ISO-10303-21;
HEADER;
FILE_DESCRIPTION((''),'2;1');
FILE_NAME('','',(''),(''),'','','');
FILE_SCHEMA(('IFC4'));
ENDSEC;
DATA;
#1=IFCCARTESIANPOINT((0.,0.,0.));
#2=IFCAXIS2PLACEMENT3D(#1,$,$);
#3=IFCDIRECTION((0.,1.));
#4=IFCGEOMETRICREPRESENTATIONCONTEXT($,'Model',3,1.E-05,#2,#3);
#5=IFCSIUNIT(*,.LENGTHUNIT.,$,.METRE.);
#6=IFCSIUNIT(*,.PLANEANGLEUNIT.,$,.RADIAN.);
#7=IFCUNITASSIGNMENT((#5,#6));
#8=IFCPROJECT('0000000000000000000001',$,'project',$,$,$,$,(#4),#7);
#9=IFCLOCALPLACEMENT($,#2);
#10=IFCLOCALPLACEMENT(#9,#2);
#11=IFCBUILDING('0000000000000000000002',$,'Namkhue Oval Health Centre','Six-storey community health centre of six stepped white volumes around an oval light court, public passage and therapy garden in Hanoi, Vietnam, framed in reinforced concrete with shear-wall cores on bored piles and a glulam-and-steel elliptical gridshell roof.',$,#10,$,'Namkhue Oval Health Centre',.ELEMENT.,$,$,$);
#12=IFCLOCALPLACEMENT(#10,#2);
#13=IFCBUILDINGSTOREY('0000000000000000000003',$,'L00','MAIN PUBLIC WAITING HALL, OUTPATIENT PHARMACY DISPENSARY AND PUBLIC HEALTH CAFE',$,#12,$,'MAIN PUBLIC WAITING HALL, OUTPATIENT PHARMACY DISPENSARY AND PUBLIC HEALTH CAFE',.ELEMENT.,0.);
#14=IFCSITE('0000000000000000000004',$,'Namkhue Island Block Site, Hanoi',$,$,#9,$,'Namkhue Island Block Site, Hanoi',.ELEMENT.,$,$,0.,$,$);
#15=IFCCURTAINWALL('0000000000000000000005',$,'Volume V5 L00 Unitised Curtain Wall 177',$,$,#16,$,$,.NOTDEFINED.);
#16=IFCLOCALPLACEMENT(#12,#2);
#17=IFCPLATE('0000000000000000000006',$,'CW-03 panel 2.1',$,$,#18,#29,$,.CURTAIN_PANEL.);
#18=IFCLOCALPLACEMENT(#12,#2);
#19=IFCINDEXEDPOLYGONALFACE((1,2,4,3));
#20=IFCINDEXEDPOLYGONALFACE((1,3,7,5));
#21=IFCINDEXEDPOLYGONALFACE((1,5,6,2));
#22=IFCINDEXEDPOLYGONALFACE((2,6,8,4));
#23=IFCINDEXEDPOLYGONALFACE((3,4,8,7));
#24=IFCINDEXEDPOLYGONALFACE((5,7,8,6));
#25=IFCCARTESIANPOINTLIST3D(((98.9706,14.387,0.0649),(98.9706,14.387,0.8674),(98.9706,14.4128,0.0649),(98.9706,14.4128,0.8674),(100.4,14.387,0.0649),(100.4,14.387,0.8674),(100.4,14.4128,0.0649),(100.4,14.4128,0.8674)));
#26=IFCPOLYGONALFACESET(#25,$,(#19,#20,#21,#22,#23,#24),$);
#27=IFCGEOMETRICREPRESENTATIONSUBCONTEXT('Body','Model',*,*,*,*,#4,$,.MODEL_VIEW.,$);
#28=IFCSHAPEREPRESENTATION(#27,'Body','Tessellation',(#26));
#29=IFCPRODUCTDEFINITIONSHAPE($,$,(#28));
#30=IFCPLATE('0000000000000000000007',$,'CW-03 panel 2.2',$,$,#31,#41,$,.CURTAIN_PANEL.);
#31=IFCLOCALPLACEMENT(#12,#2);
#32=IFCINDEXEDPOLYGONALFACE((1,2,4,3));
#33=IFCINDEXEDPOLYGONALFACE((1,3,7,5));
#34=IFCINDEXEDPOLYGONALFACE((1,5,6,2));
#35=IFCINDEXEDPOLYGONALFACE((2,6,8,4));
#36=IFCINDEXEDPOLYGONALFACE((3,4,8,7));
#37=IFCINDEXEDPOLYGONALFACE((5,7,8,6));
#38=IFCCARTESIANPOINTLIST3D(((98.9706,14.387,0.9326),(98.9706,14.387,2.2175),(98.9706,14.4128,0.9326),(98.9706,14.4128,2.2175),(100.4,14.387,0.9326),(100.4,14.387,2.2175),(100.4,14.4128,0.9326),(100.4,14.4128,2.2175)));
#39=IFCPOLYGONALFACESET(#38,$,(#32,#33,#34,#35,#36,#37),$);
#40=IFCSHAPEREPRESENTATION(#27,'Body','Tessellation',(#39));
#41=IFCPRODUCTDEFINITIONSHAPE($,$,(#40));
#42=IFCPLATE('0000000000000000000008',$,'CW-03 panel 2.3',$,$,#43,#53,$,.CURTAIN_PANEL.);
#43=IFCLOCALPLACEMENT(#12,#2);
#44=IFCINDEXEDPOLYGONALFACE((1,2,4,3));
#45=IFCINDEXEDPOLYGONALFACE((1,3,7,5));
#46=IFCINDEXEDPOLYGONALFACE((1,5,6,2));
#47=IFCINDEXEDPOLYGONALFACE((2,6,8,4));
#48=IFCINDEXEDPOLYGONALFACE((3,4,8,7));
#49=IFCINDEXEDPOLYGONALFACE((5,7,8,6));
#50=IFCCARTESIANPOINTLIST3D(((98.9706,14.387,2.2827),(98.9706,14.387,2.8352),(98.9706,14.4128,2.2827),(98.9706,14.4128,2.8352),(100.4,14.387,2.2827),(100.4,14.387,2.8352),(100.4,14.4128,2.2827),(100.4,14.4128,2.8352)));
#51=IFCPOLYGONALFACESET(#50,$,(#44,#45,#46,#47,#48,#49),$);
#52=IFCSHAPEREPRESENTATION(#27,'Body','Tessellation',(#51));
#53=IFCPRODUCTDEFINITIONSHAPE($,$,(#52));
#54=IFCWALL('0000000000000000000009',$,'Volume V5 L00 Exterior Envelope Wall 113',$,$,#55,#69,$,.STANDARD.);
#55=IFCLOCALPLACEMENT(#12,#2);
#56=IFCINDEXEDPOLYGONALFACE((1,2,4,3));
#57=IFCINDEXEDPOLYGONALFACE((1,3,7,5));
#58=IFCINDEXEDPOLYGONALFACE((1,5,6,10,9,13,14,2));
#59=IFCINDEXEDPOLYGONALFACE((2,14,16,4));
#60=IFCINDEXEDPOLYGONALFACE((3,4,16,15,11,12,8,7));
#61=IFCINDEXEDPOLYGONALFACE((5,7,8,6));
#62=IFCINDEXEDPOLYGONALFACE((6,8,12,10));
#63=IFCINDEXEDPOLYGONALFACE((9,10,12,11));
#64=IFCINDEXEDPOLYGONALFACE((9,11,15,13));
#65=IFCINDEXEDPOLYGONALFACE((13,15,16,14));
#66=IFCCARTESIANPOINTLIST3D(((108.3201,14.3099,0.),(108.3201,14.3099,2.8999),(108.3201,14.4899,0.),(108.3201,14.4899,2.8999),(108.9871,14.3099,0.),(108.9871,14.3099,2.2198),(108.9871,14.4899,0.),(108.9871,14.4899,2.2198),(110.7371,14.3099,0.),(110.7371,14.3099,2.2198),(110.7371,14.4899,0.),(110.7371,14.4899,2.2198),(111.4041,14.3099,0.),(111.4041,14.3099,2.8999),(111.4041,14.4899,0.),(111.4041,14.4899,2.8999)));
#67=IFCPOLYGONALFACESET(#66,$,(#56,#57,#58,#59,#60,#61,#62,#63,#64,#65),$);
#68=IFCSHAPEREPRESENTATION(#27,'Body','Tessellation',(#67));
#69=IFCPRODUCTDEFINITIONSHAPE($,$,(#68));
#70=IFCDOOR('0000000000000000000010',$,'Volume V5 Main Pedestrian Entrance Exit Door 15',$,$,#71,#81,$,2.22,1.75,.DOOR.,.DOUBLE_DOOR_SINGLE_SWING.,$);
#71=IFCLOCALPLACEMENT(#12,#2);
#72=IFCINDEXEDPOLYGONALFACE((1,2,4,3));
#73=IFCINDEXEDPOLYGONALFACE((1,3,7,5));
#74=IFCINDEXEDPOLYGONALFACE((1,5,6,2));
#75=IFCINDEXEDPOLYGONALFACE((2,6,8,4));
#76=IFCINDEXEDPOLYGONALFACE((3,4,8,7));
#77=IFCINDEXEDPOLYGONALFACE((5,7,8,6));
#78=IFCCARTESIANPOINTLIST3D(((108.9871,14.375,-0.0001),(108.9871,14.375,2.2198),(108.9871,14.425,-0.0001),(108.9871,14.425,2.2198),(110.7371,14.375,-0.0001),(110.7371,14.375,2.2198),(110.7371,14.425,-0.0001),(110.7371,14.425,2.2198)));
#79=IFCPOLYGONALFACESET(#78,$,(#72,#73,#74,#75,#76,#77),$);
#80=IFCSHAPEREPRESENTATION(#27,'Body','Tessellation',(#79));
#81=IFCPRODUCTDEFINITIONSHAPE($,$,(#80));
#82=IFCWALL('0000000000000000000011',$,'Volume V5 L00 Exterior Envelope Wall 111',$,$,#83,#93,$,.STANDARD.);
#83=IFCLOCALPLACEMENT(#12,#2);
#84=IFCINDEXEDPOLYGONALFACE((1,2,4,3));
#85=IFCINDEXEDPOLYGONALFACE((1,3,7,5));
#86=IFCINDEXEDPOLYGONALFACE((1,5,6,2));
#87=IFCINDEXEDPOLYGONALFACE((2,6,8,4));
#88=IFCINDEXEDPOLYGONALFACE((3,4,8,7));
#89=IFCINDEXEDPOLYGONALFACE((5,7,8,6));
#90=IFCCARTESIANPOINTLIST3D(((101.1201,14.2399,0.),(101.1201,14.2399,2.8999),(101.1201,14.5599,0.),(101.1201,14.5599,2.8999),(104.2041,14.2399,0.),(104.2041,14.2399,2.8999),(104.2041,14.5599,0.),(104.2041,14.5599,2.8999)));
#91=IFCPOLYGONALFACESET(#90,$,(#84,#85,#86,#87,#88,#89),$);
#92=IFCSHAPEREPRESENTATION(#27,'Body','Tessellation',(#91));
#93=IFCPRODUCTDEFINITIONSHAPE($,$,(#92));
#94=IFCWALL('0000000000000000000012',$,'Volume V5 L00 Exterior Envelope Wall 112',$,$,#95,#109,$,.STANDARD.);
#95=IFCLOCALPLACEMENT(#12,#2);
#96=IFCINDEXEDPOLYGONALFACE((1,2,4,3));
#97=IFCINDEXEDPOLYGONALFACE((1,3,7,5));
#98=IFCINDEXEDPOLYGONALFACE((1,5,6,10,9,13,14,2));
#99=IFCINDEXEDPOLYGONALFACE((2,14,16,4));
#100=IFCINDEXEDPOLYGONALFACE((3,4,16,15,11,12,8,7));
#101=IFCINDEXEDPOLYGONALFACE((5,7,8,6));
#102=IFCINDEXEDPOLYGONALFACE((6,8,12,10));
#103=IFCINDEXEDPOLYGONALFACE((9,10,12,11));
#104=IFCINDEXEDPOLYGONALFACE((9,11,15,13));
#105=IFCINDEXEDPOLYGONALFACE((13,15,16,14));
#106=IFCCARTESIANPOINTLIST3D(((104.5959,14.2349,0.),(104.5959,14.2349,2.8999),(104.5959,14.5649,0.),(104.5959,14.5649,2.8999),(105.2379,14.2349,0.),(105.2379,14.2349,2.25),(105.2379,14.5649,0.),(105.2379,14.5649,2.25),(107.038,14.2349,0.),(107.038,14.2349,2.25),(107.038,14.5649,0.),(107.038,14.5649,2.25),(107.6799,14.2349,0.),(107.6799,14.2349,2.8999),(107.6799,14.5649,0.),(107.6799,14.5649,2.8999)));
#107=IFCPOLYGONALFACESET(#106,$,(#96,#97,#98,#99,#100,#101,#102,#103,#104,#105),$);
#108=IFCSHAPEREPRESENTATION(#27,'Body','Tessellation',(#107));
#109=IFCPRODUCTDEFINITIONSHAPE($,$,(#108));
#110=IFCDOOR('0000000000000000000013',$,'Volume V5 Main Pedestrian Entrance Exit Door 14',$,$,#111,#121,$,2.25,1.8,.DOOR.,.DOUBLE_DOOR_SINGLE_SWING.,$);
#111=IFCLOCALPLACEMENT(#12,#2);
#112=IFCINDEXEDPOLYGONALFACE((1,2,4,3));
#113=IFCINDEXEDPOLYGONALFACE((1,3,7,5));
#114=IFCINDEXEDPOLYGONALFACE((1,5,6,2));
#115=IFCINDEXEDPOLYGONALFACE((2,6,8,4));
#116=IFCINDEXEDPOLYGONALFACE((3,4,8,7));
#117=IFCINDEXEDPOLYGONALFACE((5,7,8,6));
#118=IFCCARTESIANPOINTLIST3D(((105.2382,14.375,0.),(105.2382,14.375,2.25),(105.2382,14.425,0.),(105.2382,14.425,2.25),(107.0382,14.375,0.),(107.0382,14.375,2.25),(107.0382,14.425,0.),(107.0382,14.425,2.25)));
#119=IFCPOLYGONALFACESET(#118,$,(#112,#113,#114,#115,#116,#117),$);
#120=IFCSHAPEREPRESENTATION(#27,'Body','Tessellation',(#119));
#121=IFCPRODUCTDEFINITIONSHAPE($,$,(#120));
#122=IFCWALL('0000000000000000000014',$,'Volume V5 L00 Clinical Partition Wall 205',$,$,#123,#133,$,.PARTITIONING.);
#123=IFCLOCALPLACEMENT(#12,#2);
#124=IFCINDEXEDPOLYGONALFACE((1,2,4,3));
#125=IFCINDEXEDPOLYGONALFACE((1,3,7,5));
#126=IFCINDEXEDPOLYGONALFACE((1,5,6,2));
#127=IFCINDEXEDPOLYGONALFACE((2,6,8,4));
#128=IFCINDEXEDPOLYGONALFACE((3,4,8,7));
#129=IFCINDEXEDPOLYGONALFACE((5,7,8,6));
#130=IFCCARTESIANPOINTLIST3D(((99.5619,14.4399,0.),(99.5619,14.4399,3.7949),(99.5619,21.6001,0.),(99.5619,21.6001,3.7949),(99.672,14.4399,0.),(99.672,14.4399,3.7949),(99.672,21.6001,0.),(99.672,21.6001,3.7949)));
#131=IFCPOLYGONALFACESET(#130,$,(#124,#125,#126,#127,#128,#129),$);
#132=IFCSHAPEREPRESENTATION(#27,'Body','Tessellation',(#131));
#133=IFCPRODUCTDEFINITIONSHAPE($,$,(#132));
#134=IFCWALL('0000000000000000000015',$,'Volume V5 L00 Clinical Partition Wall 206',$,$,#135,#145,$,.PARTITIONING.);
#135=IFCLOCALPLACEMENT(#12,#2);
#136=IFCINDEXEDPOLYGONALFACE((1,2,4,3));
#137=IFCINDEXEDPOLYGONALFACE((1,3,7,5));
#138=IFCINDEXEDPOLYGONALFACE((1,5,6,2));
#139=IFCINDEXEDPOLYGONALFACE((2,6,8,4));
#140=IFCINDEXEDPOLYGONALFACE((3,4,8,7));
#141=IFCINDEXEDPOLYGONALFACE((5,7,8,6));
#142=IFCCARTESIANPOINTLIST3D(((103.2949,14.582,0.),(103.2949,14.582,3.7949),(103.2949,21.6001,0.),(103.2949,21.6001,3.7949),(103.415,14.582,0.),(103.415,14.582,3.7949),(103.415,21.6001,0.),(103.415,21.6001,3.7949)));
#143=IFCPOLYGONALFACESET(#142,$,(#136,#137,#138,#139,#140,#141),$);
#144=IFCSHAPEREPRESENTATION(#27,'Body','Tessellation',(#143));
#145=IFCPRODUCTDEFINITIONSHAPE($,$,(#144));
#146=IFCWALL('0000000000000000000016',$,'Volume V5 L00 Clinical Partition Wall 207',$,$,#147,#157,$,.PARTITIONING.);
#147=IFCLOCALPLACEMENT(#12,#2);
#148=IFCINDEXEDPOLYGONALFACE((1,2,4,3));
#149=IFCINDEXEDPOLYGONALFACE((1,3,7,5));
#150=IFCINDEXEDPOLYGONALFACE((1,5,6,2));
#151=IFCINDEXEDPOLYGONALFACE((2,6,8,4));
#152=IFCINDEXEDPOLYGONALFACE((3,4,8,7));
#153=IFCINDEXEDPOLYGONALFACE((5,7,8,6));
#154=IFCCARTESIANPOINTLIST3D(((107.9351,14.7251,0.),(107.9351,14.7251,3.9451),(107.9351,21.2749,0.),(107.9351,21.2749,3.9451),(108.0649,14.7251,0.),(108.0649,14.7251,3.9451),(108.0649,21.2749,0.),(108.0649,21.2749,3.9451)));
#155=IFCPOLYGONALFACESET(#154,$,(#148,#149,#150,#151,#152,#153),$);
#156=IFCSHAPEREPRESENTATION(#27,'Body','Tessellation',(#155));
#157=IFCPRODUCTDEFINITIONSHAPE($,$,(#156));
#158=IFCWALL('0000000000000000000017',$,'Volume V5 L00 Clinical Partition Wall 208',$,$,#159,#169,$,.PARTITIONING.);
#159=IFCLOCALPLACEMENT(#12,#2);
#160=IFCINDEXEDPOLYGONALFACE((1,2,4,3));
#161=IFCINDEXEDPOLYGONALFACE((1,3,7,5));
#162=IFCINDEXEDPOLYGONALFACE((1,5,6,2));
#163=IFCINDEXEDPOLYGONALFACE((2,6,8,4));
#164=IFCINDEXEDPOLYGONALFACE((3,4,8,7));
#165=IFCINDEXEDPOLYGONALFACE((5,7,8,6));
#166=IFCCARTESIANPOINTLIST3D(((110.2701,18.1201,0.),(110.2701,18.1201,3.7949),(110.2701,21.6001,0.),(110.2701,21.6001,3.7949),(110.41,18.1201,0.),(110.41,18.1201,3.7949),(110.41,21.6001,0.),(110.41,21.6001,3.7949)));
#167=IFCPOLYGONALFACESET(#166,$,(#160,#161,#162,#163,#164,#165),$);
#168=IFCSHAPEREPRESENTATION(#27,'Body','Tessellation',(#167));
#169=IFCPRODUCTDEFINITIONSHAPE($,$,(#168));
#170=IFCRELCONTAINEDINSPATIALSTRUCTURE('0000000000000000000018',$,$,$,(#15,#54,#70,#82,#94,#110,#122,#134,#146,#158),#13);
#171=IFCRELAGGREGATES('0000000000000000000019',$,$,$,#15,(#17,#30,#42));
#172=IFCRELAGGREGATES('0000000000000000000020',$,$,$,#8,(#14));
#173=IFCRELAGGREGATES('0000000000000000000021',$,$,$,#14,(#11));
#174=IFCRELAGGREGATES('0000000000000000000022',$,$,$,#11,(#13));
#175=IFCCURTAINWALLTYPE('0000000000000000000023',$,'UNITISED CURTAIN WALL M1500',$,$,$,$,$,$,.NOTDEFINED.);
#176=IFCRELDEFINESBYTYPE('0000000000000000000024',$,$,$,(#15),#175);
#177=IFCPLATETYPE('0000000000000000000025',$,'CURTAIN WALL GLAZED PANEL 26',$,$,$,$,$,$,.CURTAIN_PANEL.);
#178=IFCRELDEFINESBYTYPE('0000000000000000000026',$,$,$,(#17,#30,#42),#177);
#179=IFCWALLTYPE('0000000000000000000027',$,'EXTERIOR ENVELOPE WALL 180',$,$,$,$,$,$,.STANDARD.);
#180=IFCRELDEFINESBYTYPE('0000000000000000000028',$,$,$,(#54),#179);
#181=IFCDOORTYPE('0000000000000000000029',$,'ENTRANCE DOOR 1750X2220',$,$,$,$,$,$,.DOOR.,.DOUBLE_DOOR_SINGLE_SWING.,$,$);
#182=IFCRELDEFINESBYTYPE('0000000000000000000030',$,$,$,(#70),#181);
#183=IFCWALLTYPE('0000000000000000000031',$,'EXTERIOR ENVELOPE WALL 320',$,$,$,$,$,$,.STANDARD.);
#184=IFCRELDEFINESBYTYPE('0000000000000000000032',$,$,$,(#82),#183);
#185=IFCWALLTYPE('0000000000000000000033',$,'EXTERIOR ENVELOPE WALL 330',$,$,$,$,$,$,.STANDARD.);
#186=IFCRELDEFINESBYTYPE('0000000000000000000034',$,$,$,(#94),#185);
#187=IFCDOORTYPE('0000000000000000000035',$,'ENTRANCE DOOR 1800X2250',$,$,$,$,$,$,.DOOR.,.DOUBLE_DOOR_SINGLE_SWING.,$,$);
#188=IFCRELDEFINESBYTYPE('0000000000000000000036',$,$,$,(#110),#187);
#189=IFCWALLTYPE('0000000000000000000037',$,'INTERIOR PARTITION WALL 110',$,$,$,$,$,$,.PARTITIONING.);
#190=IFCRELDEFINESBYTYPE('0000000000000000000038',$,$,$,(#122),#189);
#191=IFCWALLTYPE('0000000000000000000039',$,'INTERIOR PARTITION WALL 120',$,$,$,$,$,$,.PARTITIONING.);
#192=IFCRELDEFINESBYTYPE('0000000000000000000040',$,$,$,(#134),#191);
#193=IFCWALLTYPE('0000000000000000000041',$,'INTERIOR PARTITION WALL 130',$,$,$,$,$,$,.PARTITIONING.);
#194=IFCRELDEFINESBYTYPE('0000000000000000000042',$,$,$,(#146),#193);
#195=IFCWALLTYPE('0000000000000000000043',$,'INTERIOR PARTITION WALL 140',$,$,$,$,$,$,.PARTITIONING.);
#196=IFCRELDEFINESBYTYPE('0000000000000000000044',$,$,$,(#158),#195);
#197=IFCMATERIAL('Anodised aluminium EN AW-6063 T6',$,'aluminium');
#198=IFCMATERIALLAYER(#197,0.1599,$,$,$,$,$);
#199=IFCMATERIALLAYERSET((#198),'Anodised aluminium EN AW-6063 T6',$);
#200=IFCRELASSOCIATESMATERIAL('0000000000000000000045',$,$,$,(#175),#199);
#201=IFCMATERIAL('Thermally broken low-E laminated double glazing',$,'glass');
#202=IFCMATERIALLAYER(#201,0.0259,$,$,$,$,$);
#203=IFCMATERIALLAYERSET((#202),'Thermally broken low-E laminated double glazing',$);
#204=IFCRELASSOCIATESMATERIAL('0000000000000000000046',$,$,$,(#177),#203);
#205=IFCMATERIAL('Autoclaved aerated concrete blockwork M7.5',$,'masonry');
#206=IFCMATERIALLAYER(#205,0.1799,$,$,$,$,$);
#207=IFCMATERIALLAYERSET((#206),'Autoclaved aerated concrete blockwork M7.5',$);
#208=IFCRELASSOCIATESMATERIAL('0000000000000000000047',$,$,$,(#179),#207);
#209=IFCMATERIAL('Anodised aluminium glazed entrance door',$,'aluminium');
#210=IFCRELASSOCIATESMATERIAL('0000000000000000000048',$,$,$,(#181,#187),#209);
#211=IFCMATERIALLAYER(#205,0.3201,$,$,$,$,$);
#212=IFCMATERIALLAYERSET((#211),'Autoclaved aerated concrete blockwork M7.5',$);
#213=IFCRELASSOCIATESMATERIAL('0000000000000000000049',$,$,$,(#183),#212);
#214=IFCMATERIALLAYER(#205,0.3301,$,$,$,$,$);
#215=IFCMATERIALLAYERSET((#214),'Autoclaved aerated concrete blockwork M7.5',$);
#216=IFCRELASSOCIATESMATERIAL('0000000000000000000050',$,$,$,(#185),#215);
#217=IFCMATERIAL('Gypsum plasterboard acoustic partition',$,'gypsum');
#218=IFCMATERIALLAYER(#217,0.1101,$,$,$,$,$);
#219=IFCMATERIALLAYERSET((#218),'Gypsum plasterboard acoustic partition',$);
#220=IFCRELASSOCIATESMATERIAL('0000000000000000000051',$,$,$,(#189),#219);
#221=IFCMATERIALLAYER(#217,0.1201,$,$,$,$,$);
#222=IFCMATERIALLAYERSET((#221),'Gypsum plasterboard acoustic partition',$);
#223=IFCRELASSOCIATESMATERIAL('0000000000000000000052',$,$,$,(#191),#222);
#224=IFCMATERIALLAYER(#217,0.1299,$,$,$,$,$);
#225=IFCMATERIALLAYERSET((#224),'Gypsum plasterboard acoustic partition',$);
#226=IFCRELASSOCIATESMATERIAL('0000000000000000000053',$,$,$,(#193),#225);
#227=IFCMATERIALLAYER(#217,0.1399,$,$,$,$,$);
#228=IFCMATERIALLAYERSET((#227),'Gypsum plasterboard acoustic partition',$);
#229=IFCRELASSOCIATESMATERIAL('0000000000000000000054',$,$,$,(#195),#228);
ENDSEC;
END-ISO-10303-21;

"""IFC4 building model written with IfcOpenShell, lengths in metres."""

from ifc_helpers import new_model, si_unit, direction, frame, frame_2d, origin, origin_2d, place, context, subcontext, project, spatial, rectangle, extrude, material, layer, layer_set, type_object, element, fill, aggregate, save


model = new_model("IFC4")

# Units and contexts
model_context = context("Model", 3, precision=1e-05, world=origin(), true_north=direction((0.0, 1.0)))
body_context = subcontext(model_context, "Body", "Model", "MODEL_VIEW")
ifc_project = project(units=[si_unit("LENGTHUNIT", "METRE"), si_unit("PLANEANGLEUNIT", "RADIAN")], contexts=[model_context])

# Site, building, storey
site_placement = place(None, origin())
site = spatial("IfcSite", under=ifc_project, at=site_placement, Name="Namkhue Island Block Site, Hanoi", LongName="Namkhue Island Block Site, Hanoi", CompositionType="ELEMENT", RefElevation=0.0)
building_placement = place(site_placement, origin())
building = spatial("IfcBuilding", under=site, at=building_placement, Name="Namkhue Oval Health Centre", Description="Six-storey community health centre of six stepped white volumes around an oval light court, public passage and therapy garden in Hanoi, Vietnam, framed in reinforced concrete with shear-wall cores on bored piles and a glulam-and-steel elliptical gridshell roof.", LongName="Namkhue Oval Health Centre", CompositionType="ELEMENT")
storey_placement = place(building_placement, origin())
storey = spatial("IfcBuildingStorey", under=building, at=storey_placement, Name="L00", Description="MAIN PUBLIC WAITING HALL, OUTPATIENT PHARMACY DISPENSARY AND PUBLIC HEALTH CAFE", LongName="MAIN PUBLIC WAITING HALL, OUTPATIENT PHARMACY DISPENSARY AND PUBLIC HEALTH CAFE", CompositionType="ELEMENT", Elevation=0.0)

# Curtain wall
ifc_material_1 = material(Name="Anodised aluminium EN AW-6063 T6", Category="aluminium")
ifc_layer_1 = layer(ifc_material_1, 0.1599)
ifc_layer_set_1 = layer_set([ifc_layer_1], Name="Anodised aluminium EN AW-6063 T6")
curtain_wall_type = type_object("IfcCurtainWallType", Name="UNITISED CURTAIN WALL M1500", PredefinedType="NOTDEFINED", material=ifc_layer_set_1)
curtain_wall_placement = place(storey_placement, origin())
curtain_wall = element("IfcCurtainWall", 1, at=curtain_wall_placement, inside=storey, type_object=curtain_wall_type, Name="Volume V5 L00 Unitised Curtain Wall 177", PredefinedType="NOTDEFINED")

# Plates
ifc_material_2 = material(Name="Thermally broken low-E laminated double glazing", Category="glass")
ifc_layer_2 = layer(ifc_material_2, 0.0259)
ifc_layer_set_2 = layer_set([ifc_layer_2], Name="Thermally broken low-E laminated double glazing")
plate_type = type_object("IfcPlateType", Name="CURTAIN WALL GLAZED PANEL 26", PredefinedType="CURTAIN_PANEL", material=ifc_layer_set_2)
plate_1_placement = place(storey_placement, frame((99.6853, 14.3999, 0.0649), z_axis=(0.0, 0.0, 1.0), x_axis=(1.0, 0.0, 0.0)))
plate_1 = element("IfcPlate", 2, at=plate_1_placement, type_object=plate_type, Name="CW-03 panel 2.1", PredefinedType="CURTAIN_PANEL", context=body_context, shape_type="SweptSolid", body=[
    extrude(rectangle(XDim=1.4294, YDim=0.0259, at=origin_2d()), origin(), (0.0, 0.0, 1.0), 0.8025),
])
plate_2_placement = place(storey_placement, frame((99.6853, 14.3999, 0.9326), z_axis=(0.0, 0.0, 1.0), x_axis=(1.0, 0.0, 0.0)))
plate_2 = element("IfcPlate", 3, at=plate_2_placement, type_object=plate_type, Name="CW-03 panel 2.2", PredefinedType="CURTAIN_PANEL", context=body_context, shape_type="SweptSolid", body=[
    extrude(rectangle(XDim=1.4294, YDim=0.0259, at=origin_2d()), origin(), (0.0, 0.0, 1.0), 1.2849),
])
plate_3_placement = place(storey_placement, frame((99.6853, 14.3999, 2.2827), z_axis=(0.0, 0.0, 1.0), x_axis=(1.0, 0.0, 0.0)))
plate_3 = element("IfcPlate", 4, at=plate_3_placement, type_object=plate_type, Name="CW-03 panel 2.3", PredefinedType="CURTAIN_PANEL", context=body_context, shape_type="SweptSolid", body=[
    extrude(rectangle(XDim=1.4294, YDim=0.0259, at=origin_2d()), origin(), (0.0, 0.0, 1.0), 0.5525),
])
aggregate(curtain_wall, [plate_1, plate_2, plate_3])

# Wall, opening, door
ifc_material_3 = material(Name="Autoclaved aerated concrete blockwork M7.5", Category="masonry")
ifc_layer_3 = layer(ifc_material_3, 0.1799)
ifc_layer_set_3 = layer_set([ifc_layer_3], Name="Autoclaved aerated concrete blockwork M7.5")
wall_type_1 = type_object("IfcWallType", Name="EXTERIOR ENVELOPE WALL 180", PredefinedType="STANDARD", material=ifc_layer_set_3)
wall_1_placement = place(storey_placement, frame((108.3201, 14.3999, 0.0), z_axis=(0.0, 0.0, 1.0), x_axis=(1.0, 0.0, 0.0)))
wall_1 = element("IfcWall", 5, at=wall_1_placement, inside=storey, type_object=wall_type_1, Name="Volume V5 L00 Exterior Envelope Wall 113", PredefinedType="STANDARD", context=body_context, shape_type="SweptSolid", body=[
    extrude(rectangle(XDim=3.084, YDim=0.1799, at=frame_2d((1.542, 0.0))), origin(), (0.0, 0.0, 1.0), 2.8999),
])
opening_1_placement = place(wall_1_placement, frame((0.667, 0.0, 0.0)))
opening_1 = element("IfcOpeningElement", 6, at=opening_1_placement, cuts=wall_1, PredefinedType="OPENING", context=body_context, shape_type="SweptSolid", body=[
    extrude(rectangle(XDim=1.75, YDim=2.22, at=frame_2d((0.875, 1.1099))), frame((0.0, 0.0999, 0.0), z_axis=(0.0, -1.0, 0.0), x_axis=(1.0, 0.0, 0.0)), (0.0, 0.0, 1.0), 0.2),
])
ifc_material_4 = material(Name="Anodised aluminium glazed entrance door", Category="aluminium")
door_type_1 = type_object("IfcDoorType", Name="ENTRANCE DOOR 1750X2220", OperationType="DOUBLE_DOOR_SINGLE_SWING", PredefinedType="DOOR", material=ifc_material_4)
door_1_placement = place(opening_1_placement, frame((1.75, 0.0, 0.0), z_axis=(0.0, 0.0, 1.0), x_axis=(-1.0, 0.0, 0.0)))
door_1 = element("IfcDoor", 7, at=door_1_placement, inside=storey, type_object=door_type_1, Name="Volume V5 Main Pedestrian Entrance Exit Door 15", OperationType="DOUBLE_DOOR_SINGLE_SWING", OverallHeight=2.22, OverallWidth=1.75, PredefinedType="DOOR", context=body_context, shape_type="SweptSolid", body=[
    extrude(rectangle(XDim=1.75, YDim=2.22, at=frame_2d((0.875, 1.1099))), frame((0.0, 0.0249, 0.0), z_axis=(0.0, -1.0, 0.0), x_axis=(1.0, 0.0, 0.0)), (0.0, 0.0, 1.0), 0.05),
])
fill(opening_1, door_1)

# Wall
ifc_layer_4 = layer(ifc_material_3, 0.3201)
ifc_layer_set_4 = layer_set([ifc_layer_4], Name="Autoclaved aerated concrete blockwork M7.5")
wall_type_2 = type_object("IfcWallType", Name="EXTERIOR ENVELOPE WALL 320", PredefinedType="STANDARD", material=ifc_layer_set_4)
wall_2_placement = place(storey_placement, frame((101.1201, 14.3999, 0.0), z_axis=(0.0, 0.0, 1.0), x_axis=(1.0, 0.0, 0.0)))
element("IfcWall", 8, at=wall_2_placement, inside=storey, type_object=wall_type_2, Name="Volume V5 L00 Exterior Envelope Wall 111", PredefinedType="STANDARD", context=body_context, shape_type="SweptSolid", body=[
    extrude(rectangle(XDim=3.084, YDim=0.3201, at=frame_2d((1.542, 0.0))), origin(), (0.0, 0.0, 1.0), 2.8999),
])

# Wall, opening, door
ifc_layer_5 = layer(ifc_material_3, 0.3301)
ifc_layer_set_5 = layer_set([ifc_layer_5], Name="Autoclaved aerated concrete blockwork M7.5")
wall_type_3 = type_object("IfcWallType", Name="EXTERIOR ENVELOPE WALL 330", PredefinedType="STANDARD", material=ifc_layer_set_5)
wall_3_placement = place(storey_placement, frame((104.5959, 14.3999, 0.0), z_axis=(0.0, 0.0, 1.0), x_axis=(1.0, 0.0, 0.0)))
wall_3 = element("IfcWall", 9, at=wall_3_placement, inside=storey, type_object=wall_type_3, Name="Volume V5 L00 Exterior Envelope Wall 112", PredefinedType="STANDARD", context=body_context, shape_type="SweptSolid", body=[
    extrude(rectangle(XDim=3.084, YDim=0.3301, at=frame_2d((1.542, 0.0))), origin(), (0.0, 0.0, 1.0), 2.8999),
])
opening_2_placement = place(wall_3_placement, frame((0.6421, 0.0, 0.0)))
opening_2 = element("IfcOpeningElement", 10, at=opening_2_placement, cuts=wall_3, PredefinedType="OPENING", context=body_context, shape_type="SweptSolid", body=[
    extrude(rectangle(XDim=1.8, YDim=2.25, at=frame_2d((0.8999, 1.125))), frame((0.0, 0.175, 0.0), z_axis=(0.0, -1.0, 0.0), x_axis=(1.0, 0.0, 0.0)), (0.0, 0.0, 1.0), 0.3501),
])
door_type_2 = type_object("IfcDoorType", Name="ENTRANCE DOOR 1800X2250", OperationType="DOUBLE_DOOR_SINGLE_SWING", PredefinedType="DOOR", material=ifc_material_4)
door_2_placement = place(opening_2_placement, frame((1.8, 0.0, 0.0), z_axis=(0.0, 0.0, 1.0), x_axis=(-1.0, 0.0, 0.0)))
door_2 = element("IfcDoor", 11, at=door_2_placement, inside=storey, type_object=door_type_2, Name="Volume V5 Main Pedestrian Entrance Exit Door 14", OperationType="DOUBLE_DOOR_SINGLE_SWING", OverallHeight=2.25, OverallWidth=1.8, PredefinedType="DOOR", context=body_context, shape_type="SweptSolid", body=[
    extrude(rectangle(XDim=1.8, YDim=2.25, at=frame_2d((0.8999, 1.125))), frame((0.0, 0.0249, 0.0), z_axis=(0.0, -1.0, 0.0), x_axis=(1.0, 0.0, 0.0)), (0.0, 0.0, 1.0), 0.05),
])
fill(opening_2, door_2)

# Walls
ifc_material_5 = material(Name="Gypsum plasterboard acoustic partition", Category="gypsum")
ifc_layer_6 = layer(ifc_material_5, 0.1101)
ifc_layer_set_6 = layer_set([ifc_layer_6], Name="Gypsum plasterboard acoustic partition")
wall_type_4 = type_object("IfcWallType", Name="INTERIOR PARTITION WALL 110", PredefinedType="PARTITIONING", material=ifc_layer_set_6)
wall_4_placement = place(storey_placement, frame((99.6169, 14.4399, 0.0), z_axis=(0.0, 0.0, 1.0), x_axis=(0.0, 1.0, 0.0)))
element("IfcWall", 12, at=wall_4_placement, inside=storey, type_object=wall_type_4, Name="Volume V5 L00 Clinical Partition Wall 205", PredefinedType="PARTITIONING", context=body_context, shape_type="SweptSolid", body=[
    extrude(rectangle(XDim=7.1602, YDim=0.1101, at=frame_2d((3.5801, 0.0))), origin(), (0.0, 0.0, 1.0), 3.7949),
])
ifc_layer_7 = layer(ifc_material_5, 0.1201)
ifc_layer_set_7 = layer_set([ifc_layer_7], Name="Gypsum plasterboard acoustic partition")
wall_type_5 = type_object("IfcWallType", Name="INTERIOR PARTITION WALL 120", PredefinedType="PARTITIONING", material=ifc_layer_set_7)
wall_5_placement = place(storey_placement, frame((103.355, 14.582, 0.0), z_axis=(0.0, 0.0, 1.0), x_axis=(0.0, 1.0, 0.0)))
element("IfcWall", 13, at=wall_5_placement, inside=storey, type_object=wall_type_5, Name="Volume V5 L00 Clinical Partition Wall 206", PredefinedType="PARTITIONING", context=body_context, shape_type="SweptSolid", body=[
    extrude(rectangle(XDim=7.0181, YDim=0.1201, at=frame_2d((3.509, 0.0))), origin(), (0.0, 0.0, 1.0), 3.7949),
])
ifc_layer_8 = layer(ifc_material_5, 0.1299)
ifc_layer_set_8 = layer_set([ifc_layer_8], Name="Gypsum plasterboard acoustic partition")
wall_type_6 = type_object("IfcWallType", Name="INTERIOR PARTITION WALL 130", PredefinedType="PARTITIONING", material=ifc_layer_set_8)
wall_6_placement = place(storey_placement, frame((108.0, 14.7251, 0.0), z_axis=(0.0, 0.0, 1.0), x_axis=(0.0, 1.0, 0.0)))
element("IfcWall", 14, at=wall_6_placement, inside=storey, type_object=wall_type_6, Name="Volume V5 L00 Clinical Partition Wall 207", PredefinedType="PARTITIONING", context=body_context, shape_type="SweptSolid", body=[
    extrude(rectangle(XDim=6.5498, YDim=0.1299, at=frame_2d((3.2749, 0.0))), origin(), (0.0, 0.0, 1.0), 3.9451),
])
ifc_layer_9 = layer(ifc_material_5, 0.1399)
ifc_layer_set_9 = layer_set([ifc_layer_9], Name="Gypsum plasterboard acoustic partition")
wall_type_7 = type_object("IfcWallType", Name="INTERIOR PARTITION WALL 140", PredefinedType="PARTITIONING", material=ifc_layer_set_9)
wall_7_placement = place(storey_placement, frame((110.3401, 18.1201, 0.0), z_axis=(0.0, 0.0, 1.0), x_axis=(0.0, 1.0, 0.0)))
element("IfcWall", 15, at=wall_7_placement, inside=storey, type_object=wall_type_7, Name="Volume V5 L00 Clinical Partition Wall 208", PredefinedType="PARTITIONING", context=body_context, shape_type="SweptSolid", body=[
    extrude(rectangle(XDim=3.48, YDim=0.1399, at=frame_2d((1.74, 0.0))), origin(), (0.0, 0.0, 1.0), 3.7949),
])

save(model, "model.ifc")
